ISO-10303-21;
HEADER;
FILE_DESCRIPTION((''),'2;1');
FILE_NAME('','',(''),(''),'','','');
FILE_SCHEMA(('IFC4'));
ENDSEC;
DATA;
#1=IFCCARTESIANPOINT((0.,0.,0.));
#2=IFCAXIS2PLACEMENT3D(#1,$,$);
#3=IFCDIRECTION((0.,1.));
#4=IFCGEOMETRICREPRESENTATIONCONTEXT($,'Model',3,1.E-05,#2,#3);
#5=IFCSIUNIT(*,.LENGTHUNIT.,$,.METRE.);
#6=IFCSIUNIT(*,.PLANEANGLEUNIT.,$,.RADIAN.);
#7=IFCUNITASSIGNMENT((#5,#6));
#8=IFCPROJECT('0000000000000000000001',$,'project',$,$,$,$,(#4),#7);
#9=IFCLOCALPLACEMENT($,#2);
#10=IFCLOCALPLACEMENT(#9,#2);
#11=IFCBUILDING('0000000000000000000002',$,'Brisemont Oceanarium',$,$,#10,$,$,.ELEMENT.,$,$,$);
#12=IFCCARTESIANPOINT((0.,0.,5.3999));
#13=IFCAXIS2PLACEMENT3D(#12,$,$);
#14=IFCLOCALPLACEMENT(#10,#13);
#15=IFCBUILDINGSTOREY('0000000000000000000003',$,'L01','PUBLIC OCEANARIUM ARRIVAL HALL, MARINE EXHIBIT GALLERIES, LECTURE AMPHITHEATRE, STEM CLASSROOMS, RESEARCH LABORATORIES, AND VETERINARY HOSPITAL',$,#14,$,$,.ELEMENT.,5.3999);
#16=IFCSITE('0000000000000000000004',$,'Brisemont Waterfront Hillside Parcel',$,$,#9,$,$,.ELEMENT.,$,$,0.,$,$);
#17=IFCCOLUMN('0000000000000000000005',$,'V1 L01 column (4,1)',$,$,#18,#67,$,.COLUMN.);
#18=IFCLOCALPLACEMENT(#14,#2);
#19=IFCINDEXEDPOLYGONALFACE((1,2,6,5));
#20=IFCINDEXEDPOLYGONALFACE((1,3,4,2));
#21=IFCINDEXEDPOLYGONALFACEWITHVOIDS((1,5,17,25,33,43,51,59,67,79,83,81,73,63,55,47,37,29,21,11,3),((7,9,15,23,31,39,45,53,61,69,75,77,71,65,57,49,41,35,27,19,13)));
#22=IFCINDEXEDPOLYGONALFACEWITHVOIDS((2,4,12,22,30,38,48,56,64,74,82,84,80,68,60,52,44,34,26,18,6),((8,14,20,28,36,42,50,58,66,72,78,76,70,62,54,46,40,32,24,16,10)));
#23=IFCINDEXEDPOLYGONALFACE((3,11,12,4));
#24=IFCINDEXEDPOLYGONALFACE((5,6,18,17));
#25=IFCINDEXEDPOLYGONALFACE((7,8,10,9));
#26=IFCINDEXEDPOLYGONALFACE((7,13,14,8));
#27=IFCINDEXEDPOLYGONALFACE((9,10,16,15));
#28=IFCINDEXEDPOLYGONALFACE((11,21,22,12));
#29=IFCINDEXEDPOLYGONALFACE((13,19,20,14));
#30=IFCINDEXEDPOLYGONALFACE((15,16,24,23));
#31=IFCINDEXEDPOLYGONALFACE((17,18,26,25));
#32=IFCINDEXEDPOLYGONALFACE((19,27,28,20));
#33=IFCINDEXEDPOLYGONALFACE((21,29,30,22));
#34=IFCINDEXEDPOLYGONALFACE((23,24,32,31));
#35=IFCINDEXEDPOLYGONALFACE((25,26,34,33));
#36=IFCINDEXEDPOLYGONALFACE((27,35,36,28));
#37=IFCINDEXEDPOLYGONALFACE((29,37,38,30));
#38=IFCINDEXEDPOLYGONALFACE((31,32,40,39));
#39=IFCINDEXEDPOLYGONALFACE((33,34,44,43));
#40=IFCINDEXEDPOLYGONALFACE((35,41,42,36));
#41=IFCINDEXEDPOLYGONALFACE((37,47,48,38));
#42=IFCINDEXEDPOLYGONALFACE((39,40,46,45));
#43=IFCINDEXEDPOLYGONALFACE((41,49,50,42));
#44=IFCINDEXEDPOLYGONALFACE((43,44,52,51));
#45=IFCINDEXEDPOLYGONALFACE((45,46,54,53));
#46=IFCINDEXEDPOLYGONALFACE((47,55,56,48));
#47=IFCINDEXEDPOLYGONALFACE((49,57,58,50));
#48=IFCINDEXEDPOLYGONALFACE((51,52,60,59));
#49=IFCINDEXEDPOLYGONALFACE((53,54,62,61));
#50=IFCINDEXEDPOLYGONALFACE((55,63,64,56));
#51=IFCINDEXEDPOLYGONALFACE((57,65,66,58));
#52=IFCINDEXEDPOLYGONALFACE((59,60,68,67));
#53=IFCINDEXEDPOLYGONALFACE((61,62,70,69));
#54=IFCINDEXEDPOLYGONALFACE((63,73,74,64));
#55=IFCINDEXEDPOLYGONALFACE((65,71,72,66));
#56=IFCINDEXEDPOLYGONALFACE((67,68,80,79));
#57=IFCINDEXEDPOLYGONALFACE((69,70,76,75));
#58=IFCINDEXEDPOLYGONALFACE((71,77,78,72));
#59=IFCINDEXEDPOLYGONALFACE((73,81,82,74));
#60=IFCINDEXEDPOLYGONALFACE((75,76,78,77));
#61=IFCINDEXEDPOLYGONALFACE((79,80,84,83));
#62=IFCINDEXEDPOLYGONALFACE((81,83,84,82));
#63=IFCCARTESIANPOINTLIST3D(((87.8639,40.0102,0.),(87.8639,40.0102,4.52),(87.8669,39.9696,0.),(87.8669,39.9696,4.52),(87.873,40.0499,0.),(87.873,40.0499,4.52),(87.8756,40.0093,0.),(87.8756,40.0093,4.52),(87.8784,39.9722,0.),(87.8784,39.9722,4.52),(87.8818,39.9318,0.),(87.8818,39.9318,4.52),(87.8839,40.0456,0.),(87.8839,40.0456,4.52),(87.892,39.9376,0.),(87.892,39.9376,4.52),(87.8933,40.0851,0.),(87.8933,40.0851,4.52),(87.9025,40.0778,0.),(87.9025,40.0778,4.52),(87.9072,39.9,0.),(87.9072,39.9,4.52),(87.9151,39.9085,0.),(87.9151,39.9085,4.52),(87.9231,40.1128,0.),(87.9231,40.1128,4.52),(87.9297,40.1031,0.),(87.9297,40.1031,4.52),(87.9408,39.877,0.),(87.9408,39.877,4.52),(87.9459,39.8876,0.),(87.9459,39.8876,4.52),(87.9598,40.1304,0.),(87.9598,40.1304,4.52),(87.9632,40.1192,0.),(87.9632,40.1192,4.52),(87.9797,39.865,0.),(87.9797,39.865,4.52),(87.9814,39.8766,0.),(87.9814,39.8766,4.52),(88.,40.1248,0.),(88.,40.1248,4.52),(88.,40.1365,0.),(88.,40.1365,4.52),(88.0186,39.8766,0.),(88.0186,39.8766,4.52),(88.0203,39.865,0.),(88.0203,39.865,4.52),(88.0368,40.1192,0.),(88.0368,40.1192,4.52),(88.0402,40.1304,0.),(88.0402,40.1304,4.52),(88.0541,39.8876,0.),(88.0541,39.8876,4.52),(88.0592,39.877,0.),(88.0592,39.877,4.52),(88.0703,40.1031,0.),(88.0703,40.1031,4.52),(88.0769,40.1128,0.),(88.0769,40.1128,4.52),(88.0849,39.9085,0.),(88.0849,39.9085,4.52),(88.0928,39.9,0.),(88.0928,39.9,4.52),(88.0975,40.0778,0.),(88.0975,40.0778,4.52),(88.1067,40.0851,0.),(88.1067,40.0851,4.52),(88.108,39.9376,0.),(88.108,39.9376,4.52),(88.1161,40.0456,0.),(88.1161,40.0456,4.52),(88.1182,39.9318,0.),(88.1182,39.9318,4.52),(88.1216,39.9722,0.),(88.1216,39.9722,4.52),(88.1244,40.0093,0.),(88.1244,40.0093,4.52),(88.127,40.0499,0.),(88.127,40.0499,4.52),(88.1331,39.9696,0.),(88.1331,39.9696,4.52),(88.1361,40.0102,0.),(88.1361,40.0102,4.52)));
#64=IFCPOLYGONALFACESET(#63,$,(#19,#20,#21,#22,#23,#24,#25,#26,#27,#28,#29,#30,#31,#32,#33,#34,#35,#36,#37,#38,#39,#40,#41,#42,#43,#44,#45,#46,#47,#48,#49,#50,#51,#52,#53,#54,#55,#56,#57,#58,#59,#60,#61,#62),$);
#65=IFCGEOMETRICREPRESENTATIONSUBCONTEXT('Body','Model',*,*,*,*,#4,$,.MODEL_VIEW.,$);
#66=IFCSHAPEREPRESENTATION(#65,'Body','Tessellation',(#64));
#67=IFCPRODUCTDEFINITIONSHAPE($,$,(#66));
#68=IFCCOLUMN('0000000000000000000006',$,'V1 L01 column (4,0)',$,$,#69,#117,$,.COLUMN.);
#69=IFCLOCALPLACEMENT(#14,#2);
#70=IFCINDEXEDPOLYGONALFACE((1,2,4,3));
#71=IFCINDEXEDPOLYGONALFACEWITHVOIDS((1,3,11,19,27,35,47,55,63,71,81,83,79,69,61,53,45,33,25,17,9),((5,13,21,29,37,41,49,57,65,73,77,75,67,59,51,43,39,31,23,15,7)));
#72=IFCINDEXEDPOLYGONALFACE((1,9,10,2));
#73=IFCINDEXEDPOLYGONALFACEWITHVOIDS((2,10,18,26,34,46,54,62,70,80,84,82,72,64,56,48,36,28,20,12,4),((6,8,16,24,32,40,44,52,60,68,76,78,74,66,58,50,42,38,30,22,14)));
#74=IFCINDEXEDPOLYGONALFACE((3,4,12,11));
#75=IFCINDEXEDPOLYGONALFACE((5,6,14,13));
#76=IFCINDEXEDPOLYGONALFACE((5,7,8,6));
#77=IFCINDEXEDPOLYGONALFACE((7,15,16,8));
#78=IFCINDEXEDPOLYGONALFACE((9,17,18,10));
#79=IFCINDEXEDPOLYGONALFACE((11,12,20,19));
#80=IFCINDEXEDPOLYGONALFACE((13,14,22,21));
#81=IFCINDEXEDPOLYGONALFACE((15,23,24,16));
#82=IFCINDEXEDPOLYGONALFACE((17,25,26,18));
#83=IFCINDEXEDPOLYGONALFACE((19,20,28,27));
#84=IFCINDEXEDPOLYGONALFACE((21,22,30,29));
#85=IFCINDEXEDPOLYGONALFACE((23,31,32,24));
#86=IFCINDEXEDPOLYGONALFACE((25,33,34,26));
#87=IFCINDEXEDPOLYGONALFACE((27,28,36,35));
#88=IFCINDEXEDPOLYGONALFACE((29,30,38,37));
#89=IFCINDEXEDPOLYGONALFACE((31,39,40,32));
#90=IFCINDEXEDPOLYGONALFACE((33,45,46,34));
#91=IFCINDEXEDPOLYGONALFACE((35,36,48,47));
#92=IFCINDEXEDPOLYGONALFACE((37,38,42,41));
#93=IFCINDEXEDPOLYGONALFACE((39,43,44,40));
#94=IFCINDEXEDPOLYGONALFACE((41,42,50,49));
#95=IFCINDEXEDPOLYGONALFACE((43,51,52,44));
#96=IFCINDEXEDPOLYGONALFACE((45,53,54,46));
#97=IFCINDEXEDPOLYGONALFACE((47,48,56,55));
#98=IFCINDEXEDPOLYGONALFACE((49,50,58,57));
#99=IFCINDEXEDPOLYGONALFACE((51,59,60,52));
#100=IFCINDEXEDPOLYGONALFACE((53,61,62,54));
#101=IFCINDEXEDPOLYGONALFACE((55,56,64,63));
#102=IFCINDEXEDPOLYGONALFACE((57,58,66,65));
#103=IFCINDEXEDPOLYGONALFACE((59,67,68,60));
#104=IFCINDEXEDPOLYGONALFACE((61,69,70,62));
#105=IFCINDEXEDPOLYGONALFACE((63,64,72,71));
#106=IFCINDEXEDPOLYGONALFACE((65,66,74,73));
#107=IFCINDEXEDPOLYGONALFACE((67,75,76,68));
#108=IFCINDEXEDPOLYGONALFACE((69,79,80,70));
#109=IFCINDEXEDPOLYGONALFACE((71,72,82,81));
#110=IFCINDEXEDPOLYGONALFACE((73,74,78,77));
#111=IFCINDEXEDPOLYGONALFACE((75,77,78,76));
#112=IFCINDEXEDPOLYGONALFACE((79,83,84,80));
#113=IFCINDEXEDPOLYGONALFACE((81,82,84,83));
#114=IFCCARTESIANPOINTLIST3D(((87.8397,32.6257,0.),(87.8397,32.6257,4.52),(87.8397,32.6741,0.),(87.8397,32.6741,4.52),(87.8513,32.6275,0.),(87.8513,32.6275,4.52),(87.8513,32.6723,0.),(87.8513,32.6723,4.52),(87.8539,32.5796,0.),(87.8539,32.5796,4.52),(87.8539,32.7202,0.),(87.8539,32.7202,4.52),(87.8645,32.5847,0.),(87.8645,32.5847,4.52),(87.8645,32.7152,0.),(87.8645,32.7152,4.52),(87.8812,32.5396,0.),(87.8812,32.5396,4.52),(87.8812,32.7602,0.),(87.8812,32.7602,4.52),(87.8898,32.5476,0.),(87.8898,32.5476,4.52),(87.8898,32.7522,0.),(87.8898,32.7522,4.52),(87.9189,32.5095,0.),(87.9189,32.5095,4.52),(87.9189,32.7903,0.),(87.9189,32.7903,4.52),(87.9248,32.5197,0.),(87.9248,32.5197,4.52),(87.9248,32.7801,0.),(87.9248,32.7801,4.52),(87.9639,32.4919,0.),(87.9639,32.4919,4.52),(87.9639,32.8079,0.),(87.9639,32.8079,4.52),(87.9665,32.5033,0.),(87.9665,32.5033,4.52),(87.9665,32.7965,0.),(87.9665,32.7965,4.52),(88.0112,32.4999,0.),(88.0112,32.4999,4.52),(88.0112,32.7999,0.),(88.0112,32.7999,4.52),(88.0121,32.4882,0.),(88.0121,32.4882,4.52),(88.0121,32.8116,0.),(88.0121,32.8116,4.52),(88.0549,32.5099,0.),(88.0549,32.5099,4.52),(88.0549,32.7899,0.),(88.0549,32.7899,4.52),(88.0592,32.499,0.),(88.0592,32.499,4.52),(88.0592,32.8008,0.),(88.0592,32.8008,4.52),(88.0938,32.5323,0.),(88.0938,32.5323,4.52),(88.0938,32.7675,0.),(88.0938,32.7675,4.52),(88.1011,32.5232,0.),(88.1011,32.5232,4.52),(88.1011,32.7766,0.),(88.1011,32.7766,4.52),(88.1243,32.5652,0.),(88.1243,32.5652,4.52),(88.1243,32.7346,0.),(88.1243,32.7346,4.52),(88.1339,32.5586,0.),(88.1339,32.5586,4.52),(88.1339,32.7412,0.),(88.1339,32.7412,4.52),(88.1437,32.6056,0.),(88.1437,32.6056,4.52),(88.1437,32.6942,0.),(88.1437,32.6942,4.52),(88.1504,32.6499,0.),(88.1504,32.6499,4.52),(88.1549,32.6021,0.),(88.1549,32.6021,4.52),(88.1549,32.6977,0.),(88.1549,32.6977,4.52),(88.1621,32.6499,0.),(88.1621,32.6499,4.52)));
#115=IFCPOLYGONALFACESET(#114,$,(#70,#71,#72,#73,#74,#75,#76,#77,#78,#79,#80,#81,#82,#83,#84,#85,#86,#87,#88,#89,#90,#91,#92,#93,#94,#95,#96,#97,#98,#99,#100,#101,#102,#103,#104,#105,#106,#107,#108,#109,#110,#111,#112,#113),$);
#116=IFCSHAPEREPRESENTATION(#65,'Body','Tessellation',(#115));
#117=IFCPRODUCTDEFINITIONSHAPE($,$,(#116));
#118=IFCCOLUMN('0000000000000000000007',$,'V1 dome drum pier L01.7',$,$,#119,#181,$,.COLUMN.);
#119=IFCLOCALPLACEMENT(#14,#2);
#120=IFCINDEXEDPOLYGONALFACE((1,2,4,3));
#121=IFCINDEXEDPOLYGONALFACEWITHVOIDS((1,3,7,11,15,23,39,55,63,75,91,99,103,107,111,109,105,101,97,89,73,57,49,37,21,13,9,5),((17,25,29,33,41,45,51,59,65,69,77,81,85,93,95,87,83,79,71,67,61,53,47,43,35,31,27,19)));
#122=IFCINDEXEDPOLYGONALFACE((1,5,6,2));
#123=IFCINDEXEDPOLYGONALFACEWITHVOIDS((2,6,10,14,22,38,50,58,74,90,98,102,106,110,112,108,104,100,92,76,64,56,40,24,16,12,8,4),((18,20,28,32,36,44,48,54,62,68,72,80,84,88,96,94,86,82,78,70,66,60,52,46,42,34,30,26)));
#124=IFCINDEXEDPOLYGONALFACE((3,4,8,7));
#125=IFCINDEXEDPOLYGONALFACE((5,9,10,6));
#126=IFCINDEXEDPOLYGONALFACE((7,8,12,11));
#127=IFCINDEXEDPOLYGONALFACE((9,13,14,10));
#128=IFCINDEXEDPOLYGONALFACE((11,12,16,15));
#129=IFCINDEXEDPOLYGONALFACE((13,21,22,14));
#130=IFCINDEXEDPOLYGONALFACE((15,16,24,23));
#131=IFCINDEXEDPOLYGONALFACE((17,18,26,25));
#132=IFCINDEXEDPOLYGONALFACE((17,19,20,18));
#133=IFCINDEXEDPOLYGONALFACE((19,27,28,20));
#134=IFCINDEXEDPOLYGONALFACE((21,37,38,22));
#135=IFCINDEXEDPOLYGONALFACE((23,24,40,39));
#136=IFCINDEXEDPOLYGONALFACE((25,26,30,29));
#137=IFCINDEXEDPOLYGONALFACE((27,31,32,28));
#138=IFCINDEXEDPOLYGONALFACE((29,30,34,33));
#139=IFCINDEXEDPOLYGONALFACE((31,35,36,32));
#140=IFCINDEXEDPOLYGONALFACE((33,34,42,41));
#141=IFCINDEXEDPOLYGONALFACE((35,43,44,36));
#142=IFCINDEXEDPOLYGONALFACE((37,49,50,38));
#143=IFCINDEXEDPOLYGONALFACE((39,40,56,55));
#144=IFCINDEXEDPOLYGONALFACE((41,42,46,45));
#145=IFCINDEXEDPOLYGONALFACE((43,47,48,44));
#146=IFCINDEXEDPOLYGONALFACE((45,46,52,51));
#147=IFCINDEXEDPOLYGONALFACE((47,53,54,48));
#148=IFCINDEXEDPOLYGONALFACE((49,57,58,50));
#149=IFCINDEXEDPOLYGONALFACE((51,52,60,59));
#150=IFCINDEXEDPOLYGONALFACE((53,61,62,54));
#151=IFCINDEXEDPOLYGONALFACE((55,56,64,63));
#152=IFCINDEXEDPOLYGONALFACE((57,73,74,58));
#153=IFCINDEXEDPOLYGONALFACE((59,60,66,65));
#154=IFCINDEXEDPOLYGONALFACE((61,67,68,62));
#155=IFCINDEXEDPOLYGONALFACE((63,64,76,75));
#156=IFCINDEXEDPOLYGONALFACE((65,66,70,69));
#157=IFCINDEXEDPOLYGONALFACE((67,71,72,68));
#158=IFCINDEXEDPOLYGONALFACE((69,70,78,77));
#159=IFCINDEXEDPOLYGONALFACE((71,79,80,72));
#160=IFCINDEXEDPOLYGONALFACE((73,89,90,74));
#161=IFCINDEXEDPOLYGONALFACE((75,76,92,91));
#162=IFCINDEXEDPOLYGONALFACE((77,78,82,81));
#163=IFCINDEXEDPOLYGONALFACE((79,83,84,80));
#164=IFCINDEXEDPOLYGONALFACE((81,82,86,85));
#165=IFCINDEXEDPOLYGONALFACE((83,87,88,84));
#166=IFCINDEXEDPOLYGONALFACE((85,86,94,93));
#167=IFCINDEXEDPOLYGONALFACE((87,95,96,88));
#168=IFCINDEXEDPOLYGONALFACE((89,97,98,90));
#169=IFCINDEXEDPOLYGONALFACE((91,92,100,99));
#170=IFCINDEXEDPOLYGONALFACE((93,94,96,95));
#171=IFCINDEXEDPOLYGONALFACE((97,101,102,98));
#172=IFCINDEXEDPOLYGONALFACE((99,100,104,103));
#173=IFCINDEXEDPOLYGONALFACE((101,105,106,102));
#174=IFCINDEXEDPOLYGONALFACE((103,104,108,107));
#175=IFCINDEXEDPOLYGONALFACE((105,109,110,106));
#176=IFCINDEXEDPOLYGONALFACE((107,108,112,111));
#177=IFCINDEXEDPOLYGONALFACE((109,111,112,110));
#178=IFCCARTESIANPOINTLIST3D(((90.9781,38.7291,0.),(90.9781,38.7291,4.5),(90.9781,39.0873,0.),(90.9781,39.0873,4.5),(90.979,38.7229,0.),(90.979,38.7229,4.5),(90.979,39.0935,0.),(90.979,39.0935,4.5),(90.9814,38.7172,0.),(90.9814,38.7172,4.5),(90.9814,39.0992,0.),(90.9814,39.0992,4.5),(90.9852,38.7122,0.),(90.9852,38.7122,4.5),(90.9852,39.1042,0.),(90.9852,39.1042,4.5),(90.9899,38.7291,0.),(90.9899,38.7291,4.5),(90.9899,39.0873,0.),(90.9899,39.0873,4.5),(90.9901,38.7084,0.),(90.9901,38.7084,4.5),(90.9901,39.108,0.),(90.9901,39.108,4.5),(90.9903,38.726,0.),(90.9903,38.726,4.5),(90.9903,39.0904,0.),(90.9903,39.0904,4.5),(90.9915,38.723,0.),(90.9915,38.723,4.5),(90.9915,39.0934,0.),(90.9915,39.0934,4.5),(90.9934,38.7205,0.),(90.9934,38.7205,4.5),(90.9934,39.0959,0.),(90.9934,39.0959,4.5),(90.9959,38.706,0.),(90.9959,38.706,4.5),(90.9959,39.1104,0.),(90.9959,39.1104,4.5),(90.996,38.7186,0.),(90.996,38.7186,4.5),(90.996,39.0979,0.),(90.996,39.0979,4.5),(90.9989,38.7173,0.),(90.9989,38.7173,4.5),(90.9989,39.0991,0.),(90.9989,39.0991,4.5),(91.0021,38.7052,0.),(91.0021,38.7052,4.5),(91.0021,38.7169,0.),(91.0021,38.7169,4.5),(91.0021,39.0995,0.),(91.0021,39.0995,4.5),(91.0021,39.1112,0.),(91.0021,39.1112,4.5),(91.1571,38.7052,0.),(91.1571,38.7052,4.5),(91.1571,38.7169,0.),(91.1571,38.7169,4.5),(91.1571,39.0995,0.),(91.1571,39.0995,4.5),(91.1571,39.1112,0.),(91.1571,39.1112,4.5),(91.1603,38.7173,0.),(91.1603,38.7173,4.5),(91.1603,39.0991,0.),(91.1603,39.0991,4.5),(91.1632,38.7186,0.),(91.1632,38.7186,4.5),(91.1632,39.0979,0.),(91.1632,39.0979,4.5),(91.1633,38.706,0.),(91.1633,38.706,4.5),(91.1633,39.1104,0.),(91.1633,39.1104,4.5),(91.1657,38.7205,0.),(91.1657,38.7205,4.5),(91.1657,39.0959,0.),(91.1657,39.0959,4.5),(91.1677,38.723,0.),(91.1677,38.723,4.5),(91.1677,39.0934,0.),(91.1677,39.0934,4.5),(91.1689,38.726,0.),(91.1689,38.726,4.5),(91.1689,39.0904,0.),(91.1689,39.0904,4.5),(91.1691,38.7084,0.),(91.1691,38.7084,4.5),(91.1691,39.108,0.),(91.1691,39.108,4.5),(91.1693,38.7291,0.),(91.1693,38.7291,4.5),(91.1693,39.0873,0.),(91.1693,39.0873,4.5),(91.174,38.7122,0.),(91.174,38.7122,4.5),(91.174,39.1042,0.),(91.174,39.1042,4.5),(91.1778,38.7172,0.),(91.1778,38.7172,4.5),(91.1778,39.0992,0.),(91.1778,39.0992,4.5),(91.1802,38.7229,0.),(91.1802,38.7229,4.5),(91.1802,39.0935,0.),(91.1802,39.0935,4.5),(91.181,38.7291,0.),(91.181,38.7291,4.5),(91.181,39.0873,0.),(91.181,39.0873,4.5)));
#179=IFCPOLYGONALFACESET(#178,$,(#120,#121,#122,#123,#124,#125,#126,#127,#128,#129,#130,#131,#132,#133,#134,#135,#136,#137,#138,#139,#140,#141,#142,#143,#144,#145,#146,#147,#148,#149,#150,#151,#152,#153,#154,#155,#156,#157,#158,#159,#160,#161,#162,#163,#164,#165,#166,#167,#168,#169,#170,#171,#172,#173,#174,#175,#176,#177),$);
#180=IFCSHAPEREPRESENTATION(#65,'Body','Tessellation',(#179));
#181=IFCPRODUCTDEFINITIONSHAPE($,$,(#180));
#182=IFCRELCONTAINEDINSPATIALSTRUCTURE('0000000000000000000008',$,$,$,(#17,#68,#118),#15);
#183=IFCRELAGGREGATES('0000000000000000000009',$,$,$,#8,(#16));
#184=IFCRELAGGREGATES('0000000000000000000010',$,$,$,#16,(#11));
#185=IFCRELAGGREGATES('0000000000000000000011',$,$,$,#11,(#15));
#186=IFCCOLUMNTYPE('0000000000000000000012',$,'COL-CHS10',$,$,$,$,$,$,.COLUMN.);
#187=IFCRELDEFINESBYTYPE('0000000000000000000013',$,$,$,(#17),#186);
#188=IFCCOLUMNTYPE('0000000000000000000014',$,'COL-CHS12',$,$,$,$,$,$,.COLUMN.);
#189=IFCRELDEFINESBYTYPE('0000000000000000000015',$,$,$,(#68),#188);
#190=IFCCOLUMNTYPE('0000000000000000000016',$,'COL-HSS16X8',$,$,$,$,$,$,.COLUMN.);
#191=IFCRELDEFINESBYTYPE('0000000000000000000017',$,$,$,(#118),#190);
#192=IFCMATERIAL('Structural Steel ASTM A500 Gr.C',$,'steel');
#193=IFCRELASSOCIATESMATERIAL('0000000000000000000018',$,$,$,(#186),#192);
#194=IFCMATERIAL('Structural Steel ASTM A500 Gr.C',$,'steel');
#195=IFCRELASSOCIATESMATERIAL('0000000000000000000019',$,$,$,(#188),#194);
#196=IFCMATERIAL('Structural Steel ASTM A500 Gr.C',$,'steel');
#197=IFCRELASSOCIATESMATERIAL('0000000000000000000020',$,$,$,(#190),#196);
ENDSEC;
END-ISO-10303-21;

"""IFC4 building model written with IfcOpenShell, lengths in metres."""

from ifc_helpers import new_model, si_unit, direction, frame, origin, origin_2d, place, context, subcontext, project, spatial, hollow_rectangle, hollow_circle, extrude, material, material_profile, profile_set, type_object, element, save


model = new_model("IFC4")

# Units and contexts
model_context = context("Model", 3, precision=1e-05, world=origin(), true_north=direction((0.0, 1.0)))
body_context = subcontext(model_context, "Body", "Model", "MODEL_VIEW")
ifc_project = project(units=[si_unit("LENGTHUNIT", "METRE"), si_unit("PLANEANGLEUNIT", "RADIAN")], contexts=[model_context])

# Site, building, storey
site_placement = place(None, origin())
site = spatial("IfcSite", under=ifc_project, at=site_placement, Name="Brisemont Waterfront Hillside Parcel", CompositionType="ELEMENT", RefElevation=0.0)
building_placement = place(site_placement, origin())
building = spatial("IfcBuilding", under=site, at=building_placement, Name="Brisemont Oceanarium", CompositionType="ELEMENT")
storey_placement = place(building_placement, frame((0.0, 0.0, 5.3999)))
storey = spatial("IfcBuildingStorey", under=building, at=storey_placement, Name="L01", Description="PUBLIC OCEANARIUM ARRIVAL HALL, MARINE EXHIBIT GALLERIES, LECTURE AMPHITHEATRE, STEM CLASSROOMS, RESEARCH LABORATORIES, AND VETERINARY HOSPITAL", CompositionType="ELEMENT", Elevation=5.3999)

# Columns
ifc_material_1 = material(Name="Structural Steel ASTM A500 Gr.C", Category="steel")
ifc_material_profile_1 = material_profile(ifc_material_1, hollow_circle(Radius=0.1365, WallThickness=0.0117, at=origin_2d()), Name="HSS10.750X0.500")
ifc_profile_set_1 = profile_set([ifc_material_profile_1], Name="Structural Steel ASTM A500 Gr.C")
column_type_1 = type_object("IfcColumnType", Name="COL-CHS10", PredefinedType="COLUMN", material=ifc_profile_set_1)
column_1_placement = place(storey_placement, frame((88.0, 40.0, 0.0), z_axis=(0.0, 0.0, 1.0), x_axis=(0.0, 1.0, 0.0)))
element("IfcColumn", 1, at=column_1_placement, inside=storey, type_object=column_type_1, Name="V1 L01 column (4,1)", PredefinedType="COLUMN", context=body_context, shape_type="SweptSolid", body=[
    extrude(hollow_circle(Radius=0.1365, WallThickness=0.0117, at=origin_2d()), origin(), (0.0, 0.0, 1.0), 4.52),
])
ifc_material_2 = material(Name="Structural Steel ASTM A500 Gr.C", Category="steel")
ifc_material_profile_2 = material_profile(ifc_material_2, hollow_circle(Radius=0.1621, WallThickness=0.0117, at=origin_2d()), Name="HSS12.750X0.500")
ifc_profile_set_2 = profile_set([ifc_material_profile_2], Name="Structural Steel ASTM A500 Gr.C")
column_type_2 = type_object("IfcColumnType", Name="COL-CHS12", PredefinedType="COLUMN", material=ifc_profile_set_2)
column_2_placement = place(storey_placement, frame((88.0, 32.6499, 0.0), z_axis=(0.0, 0.0, 1.0), x_axis=(1.0, 0.0, 0.0)))
element("IfcColumn", 2, at=column_2_placement, inside=storey, type_object=column_type_2, Name="V1 L01 column (4,0)", PredefinedType="COLUMN", context=body_context, shape_type="SweptSolid", body=[
    extrude(hollow_circle(Radius=0.1621, WallThickness=0.0117, at=origin_2d()), origin(), (0.0, 0.0, 1.0), 4.52),
])
ifc_material_3 = material(Name="Structural Steel ASTM A500 Gr.C", Category="steel")
ifc_material_profile_3 = material_profile(ifc_material_3, hollow_rectangle(XDim=0.2029, YDim=0.406, WallThickness=0.0117, InnerFilletRadius=0.0122, OuterFilletRadius=0.0239, at=origin_2d()), Name="HSS16X8X1/2")
ifc_profile_set_3 = profile_set([ifc_material_profile_3], Name="Structural Steel ASTM A500 Gr.C")
column_type_3 = type_object("IfcColumnType", Name="COL-HSS16X8", PredefinedType="COLUMN", material=ifc_profile_set_3)
for number, where, z_axis, x_axis, name in (
    (3, (91.0796, 38.9082, 0.0), (0.0, 0.0, 1.0), (1.0, 0.0, 0.0), "V1 dome drum pier L01.7"),
):
    element("IfcColumn", number, at=place(storey_placement, frame(where, z_axis=z_axis, x_axis=x_axis)), inside=storey, type_object=column_type_3, Name=name, PredefinedType="COLUMN", context=body_context, shape_type="SweptSolid", body=[
        extrude(hollow_rectangle(XDim=0.2029, YDim=0.406, WallThickness=0.0117, InnerFilletRadius=0.0122, OuterFilletRadius=0.0239, at=origin_2d()), origin(), (0.0, 0.0, 1.0), 4.5),
    ])

save(model, "model.ifc")
